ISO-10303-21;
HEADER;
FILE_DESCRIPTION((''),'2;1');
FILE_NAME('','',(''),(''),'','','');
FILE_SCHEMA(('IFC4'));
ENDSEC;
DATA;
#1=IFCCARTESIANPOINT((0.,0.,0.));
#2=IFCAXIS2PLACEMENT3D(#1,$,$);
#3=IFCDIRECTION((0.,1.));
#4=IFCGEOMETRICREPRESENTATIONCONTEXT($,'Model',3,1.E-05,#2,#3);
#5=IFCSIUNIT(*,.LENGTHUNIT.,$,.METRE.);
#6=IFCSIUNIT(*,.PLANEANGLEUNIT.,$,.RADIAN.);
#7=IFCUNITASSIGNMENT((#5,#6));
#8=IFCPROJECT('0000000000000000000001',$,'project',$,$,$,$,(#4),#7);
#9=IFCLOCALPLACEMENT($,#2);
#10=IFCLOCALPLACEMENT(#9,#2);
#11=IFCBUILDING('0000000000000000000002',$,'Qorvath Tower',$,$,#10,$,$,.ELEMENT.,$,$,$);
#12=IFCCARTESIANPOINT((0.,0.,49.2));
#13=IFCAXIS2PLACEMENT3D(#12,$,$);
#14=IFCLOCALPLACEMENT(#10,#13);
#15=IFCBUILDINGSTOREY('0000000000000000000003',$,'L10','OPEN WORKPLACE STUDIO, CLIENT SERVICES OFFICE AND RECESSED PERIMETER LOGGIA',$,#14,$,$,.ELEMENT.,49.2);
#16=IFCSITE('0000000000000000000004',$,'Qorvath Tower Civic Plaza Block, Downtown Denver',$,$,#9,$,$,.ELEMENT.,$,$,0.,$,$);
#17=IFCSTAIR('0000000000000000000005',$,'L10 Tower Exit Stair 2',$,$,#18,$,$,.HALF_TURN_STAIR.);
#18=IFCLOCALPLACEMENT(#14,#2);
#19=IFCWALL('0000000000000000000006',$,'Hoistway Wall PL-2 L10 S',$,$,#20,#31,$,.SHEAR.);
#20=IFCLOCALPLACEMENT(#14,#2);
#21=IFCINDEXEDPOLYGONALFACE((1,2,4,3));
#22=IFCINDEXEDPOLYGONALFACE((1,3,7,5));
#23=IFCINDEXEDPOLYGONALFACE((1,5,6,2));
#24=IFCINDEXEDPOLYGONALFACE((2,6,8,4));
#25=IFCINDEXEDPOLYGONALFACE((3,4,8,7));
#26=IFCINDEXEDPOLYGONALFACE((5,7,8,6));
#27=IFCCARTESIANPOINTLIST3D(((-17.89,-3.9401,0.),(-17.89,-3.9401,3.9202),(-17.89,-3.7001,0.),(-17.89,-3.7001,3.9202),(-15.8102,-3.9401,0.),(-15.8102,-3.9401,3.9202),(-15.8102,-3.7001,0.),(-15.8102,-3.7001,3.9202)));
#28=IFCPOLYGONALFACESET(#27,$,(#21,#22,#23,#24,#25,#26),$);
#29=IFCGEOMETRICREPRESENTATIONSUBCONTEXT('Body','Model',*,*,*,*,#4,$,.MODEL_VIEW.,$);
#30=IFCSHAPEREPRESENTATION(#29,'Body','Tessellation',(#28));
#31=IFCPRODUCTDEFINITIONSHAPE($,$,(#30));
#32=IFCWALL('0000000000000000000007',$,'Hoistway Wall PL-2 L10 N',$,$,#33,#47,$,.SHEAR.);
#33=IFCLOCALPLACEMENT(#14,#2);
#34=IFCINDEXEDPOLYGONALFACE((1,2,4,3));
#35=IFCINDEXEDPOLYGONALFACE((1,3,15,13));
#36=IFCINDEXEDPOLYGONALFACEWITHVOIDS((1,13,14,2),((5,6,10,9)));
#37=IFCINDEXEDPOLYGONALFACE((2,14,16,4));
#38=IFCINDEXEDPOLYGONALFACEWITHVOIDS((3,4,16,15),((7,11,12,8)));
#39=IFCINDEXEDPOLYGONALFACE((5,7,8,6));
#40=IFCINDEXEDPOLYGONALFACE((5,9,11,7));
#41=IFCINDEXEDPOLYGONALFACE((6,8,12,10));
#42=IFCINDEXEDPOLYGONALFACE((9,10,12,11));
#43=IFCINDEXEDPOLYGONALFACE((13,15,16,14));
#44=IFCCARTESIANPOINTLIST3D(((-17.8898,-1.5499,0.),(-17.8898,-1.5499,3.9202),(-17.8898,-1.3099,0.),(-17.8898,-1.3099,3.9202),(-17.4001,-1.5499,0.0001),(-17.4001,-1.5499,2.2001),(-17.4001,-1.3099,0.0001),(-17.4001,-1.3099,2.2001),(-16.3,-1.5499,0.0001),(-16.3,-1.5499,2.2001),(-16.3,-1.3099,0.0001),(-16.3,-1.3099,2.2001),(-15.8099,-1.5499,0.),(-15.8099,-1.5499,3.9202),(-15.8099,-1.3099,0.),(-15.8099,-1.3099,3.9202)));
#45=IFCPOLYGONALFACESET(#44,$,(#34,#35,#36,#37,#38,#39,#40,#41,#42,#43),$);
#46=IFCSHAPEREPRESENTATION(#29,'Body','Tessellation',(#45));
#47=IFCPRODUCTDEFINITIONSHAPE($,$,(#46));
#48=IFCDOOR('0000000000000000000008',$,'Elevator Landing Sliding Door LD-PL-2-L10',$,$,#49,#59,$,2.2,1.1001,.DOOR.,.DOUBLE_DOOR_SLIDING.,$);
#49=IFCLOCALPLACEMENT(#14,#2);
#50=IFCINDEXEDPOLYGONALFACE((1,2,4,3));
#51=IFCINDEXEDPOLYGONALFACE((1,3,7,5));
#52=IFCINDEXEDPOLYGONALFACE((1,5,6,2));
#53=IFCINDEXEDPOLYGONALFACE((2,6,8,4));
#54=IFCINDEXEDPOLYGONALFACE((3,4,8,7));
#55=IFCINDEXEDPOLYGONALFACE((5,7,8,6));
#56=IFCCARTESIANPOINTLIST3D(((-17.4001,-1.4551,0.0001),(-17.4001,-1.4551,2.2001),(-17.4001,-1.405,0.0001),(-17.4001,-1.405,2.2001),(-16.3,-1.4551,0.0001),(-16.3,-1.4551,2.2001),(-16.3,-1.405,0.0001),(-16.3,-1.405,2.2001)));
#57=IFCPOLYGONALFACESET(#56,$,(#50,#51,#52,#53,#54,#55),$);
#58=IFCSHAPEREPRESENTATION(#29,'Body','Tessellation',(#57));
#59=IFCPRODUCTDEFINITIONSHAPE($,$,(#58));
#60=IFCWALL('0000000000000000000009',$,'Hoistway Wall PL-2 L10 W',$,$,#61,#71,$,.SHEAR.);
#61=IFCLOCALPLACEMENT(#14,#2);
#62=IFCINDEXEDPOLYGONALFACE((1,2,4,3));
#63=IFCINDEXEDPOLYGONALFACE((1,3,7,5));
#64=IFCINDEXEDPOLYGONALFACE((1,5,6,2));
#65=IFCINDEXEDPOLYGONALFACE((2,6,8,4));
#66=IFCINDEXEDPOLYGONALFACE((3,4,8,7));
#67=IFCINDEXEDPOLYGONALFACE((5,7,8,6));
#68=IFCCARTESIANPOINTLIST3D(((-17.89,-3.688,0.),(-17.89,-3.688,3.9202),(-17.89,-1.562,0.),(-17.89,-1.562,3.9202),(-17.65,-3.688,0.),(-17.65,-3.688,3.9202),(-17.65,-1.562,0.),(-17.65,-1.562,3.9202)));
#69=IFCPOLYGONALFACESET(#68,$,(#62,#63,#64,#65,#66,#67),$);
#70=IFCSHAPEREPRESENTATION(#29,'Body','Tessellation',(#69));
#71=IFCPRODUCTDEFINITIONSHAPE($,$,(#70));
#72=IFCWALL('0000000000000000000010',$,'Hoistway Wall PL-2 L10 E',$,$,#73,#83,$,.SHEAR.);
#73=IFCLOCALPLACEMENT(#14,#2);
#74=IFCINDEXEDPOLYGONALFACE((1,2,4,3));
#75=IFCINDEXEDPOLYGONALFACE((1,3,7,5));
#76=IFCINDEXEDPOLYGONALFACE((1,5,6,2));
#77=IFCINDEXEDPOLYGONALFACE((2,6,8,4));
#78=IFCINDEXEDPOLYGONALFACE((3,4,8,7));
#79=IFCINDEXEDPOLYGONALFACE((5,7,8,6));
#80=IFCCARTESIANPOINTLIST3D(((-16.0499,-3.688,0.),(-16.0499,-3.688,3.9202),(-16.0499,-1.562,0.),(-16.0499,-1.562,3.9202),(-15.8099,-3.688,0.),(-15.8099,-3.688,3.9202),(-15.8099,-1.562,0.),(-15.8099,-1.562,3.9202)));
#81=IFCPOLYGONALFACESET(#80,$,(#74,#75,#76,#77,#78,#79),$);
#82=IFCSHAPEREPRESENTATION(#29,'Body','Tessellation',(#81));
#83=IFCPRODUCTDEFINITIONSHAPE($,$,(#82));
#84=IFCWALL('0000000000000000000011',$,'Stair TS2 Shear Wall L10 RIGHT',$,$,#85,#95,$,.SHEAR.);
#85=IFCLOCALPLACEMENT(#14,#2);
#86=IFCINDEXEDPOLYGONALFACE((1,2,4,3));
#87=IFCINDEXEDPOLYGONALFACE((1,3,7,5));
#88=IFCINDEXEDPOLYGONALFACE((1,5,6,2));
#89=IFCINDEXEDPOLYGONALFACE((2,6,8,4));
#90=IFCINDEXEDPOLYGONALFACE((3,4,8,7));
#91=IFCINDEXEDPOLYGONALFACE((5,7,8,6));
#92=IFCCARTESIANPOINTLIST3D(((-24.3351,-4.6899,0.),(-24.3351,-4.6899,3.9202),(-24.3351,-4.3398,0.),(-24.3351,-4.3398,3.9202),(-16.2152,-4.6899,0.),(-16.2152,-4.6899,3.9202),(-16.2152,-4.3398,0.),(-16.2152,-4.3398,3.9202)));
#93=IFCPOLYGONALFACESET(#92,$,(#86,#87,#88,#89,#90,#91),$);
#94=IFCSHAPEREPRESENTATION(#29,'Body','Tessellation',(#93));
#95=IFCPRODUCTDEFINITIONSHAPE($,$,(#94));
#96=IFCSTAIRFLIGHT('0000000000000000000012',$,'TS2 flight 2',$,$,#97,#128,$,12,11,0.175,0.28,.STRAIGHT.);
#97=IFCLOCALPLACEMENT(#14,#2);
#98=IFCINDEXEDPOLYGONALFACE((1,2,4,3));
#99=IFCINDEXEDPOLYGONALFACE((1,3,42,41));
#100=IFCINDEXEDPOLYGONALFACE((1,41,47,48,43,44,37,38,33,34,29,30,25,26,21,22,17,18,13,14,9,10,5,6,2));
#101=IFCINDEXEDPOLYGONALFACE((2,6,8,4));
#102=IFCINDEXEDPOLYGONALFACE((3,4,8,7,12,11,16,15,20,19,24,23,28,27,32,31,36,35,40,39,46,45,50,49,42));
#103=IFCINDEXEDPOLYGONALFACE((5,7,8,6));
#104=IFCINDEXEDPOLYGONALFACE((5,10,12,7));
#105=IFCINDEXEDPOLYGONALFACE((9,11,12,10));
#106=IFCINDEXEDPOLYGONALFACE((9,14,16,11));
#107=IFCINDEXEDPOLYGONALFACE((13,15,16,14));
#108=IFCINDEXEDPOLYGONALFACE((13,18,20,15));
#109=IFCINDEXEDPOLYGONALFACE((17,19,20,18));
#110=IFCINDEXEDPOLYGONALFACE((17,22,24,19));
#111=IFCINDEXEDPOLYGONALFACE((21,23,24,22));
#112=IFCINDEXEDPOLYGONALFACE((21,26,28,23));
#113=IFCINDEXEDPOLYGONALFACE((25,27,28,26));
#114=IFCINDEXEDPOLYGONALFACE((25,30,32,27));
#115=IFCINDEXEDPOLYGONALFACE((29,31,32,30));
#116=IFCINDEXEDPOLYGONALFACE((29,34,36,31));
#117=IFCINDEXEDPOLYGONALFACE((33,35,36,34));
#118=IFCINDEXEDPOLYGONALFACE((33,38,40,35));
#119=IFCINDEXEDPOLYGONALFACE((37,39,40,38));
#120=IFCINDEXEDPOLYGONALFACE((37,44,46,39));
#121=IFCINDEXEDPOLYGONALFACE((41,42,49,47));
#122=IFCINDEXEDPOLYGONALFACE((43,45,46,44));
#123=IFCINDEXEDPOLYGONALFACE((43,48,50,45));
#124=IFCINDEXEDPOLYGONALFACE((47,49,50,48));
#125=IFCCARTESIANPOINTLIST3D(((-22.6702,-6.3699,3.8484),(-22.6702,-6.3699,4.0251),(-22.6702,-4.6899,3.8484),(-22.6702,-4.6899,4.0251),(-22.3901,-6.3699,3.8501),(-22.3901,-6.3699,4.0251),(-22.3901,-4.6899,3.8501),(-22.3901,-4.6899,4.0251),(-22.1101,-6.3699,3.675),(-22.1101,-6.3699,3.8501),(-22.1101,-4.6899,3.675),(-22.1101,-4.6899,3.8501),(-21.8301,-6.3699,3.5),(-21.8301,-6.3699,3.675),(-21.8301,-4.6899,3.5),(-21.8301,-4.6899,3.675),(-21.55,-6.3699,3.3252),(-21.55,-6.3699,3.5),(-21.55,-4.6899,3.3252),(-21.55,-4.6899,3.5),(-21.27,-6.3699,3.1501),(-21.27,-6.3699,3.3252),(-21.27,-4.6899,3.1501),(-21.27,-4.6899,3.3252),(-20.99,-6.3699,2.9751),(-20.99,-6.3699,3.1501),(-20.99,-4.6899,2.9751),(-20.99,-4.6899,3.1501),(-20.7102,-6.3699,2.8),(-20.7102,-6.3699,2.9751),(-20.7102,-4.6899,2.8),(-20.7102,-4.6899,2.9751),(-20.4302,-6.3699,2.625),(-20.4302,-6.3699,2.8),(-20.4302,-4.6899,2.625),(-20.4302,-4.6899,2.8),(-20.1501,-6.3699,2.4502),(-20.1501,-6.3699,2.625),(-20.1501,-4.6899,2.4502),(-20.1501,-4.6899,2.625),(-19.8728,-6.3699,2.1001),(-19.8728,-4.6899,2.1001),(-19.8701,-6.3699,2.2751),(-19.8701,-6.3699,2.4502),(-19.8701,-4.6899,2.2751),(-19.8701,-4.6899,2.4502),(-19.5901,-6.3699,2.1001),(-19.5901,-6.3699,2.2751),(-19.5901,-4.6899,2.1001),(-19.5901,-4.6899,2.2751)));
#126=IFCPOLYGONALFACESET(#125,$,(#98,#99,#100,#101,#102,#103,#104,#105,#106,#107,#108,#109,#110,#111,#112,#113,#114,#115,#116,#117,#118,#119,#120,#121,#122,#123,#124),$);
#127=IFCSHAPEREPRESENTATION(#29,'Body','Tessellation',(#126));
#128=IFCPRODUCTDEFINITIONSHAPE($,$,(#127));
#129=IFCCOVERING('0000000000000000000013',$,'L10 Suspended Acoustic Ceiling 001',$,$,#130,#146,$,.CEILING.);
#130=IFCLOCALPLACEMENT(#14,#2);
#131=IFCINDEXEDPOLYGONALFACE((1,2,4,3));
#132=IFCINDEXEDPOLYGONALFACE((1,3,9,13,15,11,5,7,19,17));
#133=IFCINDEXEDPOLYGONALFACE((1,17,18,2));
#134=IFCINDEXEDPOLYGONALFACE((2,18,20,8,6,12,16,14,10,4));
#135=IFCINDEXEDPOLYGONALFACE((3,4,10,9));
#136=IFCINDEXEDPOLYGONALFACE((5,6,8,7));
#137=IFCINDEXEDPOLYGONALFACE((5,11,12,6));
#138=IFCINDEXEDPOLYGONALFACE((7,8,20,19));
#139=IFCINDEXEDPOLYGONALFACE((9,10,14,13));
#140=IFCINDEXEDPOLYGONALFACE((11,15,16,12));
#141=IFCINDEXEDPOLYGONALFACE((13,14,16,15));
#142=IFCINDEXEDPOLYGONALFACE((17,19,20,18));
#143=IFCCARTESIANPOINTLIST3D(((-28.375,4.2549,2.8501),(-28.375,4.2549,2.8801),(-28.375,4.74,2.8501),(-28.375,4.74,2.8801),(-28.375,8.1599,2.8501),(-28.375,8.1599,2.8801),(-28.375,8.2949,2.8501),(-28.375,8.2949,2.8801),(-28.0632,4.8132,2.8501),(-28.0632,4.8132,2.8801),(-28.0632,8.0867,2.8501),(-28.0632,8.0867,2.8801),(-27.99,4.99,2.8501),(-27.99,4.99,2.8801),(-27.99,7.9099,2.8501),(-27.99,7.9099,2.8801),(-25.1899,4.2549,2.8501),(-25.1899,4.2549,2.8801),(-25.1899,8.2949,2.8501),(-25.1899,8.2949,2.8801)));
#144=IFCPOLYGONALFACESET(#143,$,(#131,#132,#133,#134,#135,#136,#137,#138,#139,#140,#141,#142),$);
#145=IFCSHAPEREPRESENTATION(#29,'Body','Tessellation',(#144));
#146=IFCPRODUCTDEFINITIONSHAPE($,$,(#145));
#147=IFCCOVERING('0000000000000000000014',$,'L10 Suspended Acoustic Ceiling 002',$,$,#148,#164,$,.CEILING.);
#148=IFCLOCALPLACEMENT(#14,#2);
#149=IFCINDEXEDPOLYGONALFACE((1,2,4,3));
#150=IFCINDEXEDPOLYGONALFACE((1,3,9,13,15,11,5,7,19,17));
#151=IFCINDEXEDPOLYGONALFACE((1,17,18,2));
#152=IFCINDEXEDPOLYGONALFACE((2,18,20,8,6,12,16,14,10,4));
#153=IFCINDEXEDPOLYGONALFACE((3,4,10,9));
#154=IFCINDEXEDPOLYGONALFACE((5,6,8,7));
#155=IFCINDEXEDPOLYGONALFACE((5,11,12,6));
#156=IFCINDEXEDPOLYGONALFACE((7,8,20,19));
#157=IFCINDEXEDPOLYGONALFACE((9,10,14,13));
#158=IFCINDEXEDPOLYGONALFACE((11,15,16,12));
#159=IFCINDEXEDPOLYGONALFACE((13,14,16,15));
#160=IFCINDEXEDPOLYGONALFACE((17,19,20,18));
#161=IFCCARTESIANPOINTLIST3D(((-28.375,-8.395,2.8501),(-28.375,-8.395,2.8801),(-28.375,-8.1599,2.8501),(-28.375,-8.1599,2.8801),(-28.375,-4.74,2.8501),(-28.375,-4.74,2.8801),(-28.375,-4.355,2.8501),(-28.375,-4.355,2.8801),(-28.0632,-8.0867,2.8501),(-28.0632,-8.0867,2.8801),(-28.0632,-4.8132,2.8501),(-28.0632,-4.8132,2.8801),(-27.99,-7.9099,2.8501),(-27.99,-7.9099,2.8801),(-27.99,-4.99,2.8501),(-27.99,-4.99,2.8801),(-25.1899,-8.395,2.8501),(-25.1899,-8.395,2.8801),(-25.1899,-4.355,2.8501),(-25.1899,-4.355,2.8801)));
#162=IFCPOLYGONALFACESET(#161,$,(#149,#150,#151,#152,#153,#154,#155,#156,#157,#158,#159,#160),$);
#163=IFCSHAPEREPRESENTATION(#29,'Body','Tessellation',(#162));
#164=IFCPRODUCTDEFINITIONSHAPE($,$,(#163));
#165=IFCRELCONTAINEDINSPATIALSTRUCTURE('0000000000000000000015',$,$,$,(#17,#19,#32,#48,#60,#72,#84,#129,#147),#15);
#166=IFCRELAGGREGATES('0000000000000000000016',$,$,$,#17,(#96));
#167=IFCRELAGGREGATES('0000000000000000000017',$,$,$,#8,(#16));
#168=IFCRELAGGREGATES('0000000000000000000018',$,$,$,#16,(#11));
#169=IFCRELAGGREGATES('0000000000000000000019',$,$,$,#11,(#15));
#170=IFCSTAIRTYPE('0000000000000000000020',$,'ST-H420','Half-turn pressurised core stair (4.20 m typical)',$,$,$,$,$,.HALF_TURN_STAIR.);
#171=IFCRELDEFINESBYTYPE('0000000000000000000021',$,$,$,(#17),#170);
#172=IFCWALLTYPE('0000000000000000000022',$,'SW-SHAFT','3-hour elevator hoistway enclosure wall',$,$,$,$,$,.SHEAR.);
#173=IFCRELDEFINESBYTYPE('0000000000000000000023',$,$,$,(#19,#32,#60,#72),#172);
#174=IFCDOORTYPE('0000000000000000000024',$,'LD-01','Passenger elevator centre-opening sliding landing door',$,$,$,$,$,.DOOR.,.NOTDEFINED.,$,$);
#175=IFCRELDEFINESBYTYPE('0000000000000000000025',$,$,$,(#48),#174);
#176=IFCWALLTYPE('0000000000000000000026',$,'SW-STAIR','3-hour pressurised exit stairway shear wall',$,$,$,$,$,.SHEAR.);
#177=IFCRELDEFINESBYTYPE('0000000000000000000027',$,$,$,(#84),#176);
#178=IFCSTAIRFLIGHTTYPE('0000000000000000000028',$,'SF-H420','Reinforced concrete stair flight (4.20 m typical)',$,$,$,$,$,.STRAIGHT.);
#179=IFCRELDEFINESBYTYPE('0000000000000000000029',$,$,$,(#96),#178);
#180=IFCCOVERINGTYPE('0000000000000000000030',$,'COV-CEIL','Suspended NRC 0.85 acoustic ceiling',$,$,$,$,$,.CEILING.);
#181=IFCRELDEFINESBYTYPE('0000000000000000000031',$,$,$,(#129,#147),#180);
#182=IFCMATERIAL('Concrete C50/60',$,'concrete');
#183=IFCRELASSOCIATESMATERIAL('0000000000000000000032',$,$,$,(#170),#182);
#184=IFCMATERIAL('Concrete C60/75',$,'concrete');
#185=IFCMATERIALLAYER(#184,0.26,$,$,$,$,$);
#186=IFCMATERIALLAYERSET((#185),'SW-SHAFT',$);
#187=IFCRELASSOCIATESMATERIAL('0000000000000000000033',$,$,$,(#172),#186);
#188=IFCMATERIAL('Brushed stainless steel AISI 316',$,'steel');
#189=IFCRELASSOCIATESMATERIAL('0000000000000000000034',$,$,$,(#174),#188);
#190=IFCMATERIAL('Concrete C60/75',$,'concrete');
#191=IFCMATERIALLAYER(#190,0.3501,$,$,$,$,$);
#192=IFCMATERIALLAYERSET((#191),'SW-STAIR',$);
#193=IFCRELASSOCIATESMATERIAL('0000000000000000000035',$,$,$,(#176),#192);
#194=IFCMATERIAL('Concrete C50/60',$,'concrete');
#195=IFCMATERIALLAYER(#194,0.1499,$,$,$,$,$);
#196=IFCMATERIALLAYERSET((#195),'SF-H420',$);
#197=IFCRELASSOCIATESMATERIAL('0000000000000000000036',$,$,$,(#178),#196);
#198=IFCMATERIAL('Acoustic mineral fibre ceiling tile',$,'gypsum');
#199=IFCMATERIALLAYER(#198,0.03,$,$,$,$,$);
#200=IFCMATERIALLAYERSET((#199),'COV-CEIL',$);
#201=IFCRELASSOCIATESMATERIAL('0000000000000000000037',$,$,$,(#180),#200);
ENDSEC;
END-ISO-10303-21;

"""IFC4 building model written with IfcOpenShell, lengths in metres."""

from ifc_helpers import new_model, si_unit, direction, frame, frame_2d, origin, place, context, subcontext, project, spatial, polyline, rectangle, outline, extrude, material, layer, layer_set, type_object, element, fill, aggregate, save


model = new_model("IFC4")

# Units and contexts
model_context = context("Model", 3, precision=1e-05, world=origin(), true_north=direction((0.0, 1.0)))
body_context = subcontext(model_context, "Body", "Model", "MODEL_VIEW")
ifc_project = project(units=[si_unit("LENGTHUNIT", "METRE"), si_unit("PLANEANGLEUNIT", "RADIAN")], contexts=[model_context])

# Site, building, storey
site_placement = place(None, origin())
site = spatial("IfcSite", under=ifc_project, at=site_placement, Name="Qorvath Tower Civic Plaza Block, Downtown Denver", CompositionType="ELEMENT", RefElevation=0.0)
building_placement = place(site_placement, origin())
building = spatial("IfcBuilding", under=site, at=building_placement, Name="Qorvath Tower", CompositionType="ELEMENT")
storey_placement = place(building_placement, frame((0.0, 0.0, 49.2)))
storey = spatial("IfcBuildingStorey", under=building, at=storey_placement, Name="L10", Description="OPEN WORKPLACE STUDIO, CLIENT SERVICES OFFICE AND RECESSED PERIMETER LOGGIA", CompositionType="ELEMENT", Elevation=49.2)

# Stair
ifc_material_1 = material(Name="Concrete C50/60", Category="concrete")
stair_type = type_object("IfcStairType", Name="ST-H420", Description="Half-turn pressurised core stair (4.20 m typical)", PredefinedType="HALF_TURN_STAIR", material=ifc_material_1)
stair_1_placement = place(storey_placement, origin())
stair_1 = element("IfcStair", 1, at=stair_1_placement, inside=storey, type_object=stair_type, Name="L10 Tower Exit Stair 2", PredefinedType="HALF_TURN_STAIR")

# Wall
ifc_material_2 = material(Name="Concrete C60/75", Category="concrete")
ifc_layer_1 = layer(ifc_material_2, 0.26)
ifc_layer_set_1 = layer_set([ifc_layer_1], Name="SW-SHAFT")
wall_type_1 = type_object("IfcWallType", Name="SW-SHAFT", Description="3-hour elevator hoistway enclosure wall", PredefinedType="SHEAR", material=ifc_layer_set_1)
wall_1_placement = place(storey_placement, frame((-15.8101, -3.8201, 0.0), z_axis=(0.0, 0.0, 1.0), x_axis=(-1.0, 0.0, 0.0)))
element("IfcWall", 2, at=wall_1_placement, inside=storey, type_object=wall_type_1, Name="Hoistway Wall PL-2 L10 S", PredefinedType="SHEAR", context=body_context, shape_type="SweptSolid", body=[
    extrude(rectangle(XDim=2.0798, YDim=0.24, at=frame_2d((1.04, 0.0))), origin(), (0.0, 0.0, 1.0), 3.9202),
])

# Wall, opening, door
wall_2_placement = place(storey_placement, frame((-17.8899, -1.4299, 0.0), z_axis=(0.0, 0.0, 1.0), x_axis=(1.0, 0.0, 0.0)))
wall_2 = element("IfcWall", 3, at=wall_2_placement, inside=storey, type_object=wall_type_1, Name="Hoistway Wall PL-2 L10 N", PredefinedType="SHEAR", context=body_context, shape_type="SweptSolid", body=[
    extrude(rectangle(XDim=2.0798, YDim=0.24, at=frame_2d((1.04, 0.0))), origin(), (0.0, 0.0, 1.0), 3.9202),
])
opening_placement = place(wall_2_placement, frame((0.4897, 0.0, 0.0)))
opening = element("IfcOpeningElement", 4, at=opening_placement, cuts=wall_2, PredefinedType="OPENING", context=body_context, shape_type="SweptSolid", body=[
    extrude(rectangle(XDim=1.1001, YDim=2.2, at=frame_2d((0.55, 1.1001))), frame((0.0, 0.1299, 0.0), z_axis=(0.0, -1.0, 0.0), x_axis=(1.0, 0.0, 0.0)), (0.0, 0.0, 1.0), 0.26),
])
ifc_material_3 = material(Name="Brushed stainless steel AISI 316", Category="steel")
door_type = type_object("IfcDoorType", Name="LD-01", Description="Passenger elevator centre-opening sliding landing door", OperationType="NOTDEFINED", PredefinedType="DOOR", material=ifc_material_3)
door_placement = place(opening_placement, origin())
door = element("IfcDoor", 5, at=door_placement, inside=storey, type_object=door_type, Name="Elevator Landing Sliding Door LD-PL-2-L10", OperationType="DOUBLE_DOOR_SLIDING", OverallHeight=2.2, OverallWidth=1.1001, PredefinedType="DOOR", context=body_context, shape_type="SweptSolid", body=[
    extrude(rectangle(XDim=1.1001, YDim=2.2, at=frame_2d((0.55, 1.1001))), frame((0.0, 0.0249, 0.0), z_axis=(0.0, -1.0, 0.0), x_axis=(1.0, 0.0, 0.0)), (0.0, 0.0, 1.0), 0.05),
])
fill(opening, door)

# Walls
for number, where, z_axis, x_axis, name in (
    (6, (-17.77, -3.688, 0.0), (0.0, 0.0, 1.0), (0.0, 1.0, 0.0), "Hoistway Wall PL-2 L10 W"),
    (7, (-15.9299, -1.562, 0.0), (0.0, 0.0, 1.0), (0.0, -1.0, 0.0), "Hoistway Wall PL-2 L10 E"),
):
    element("IfcWall", number, at=place(storey_placement, frame(where, z_axis=z_axis, x_axis=x_axis)), inside=storey, type_object=wall_type_1, Name=name, PredefinedType="SHEAR", context=body_context, shape_type="SweptSolid", body=[
        extrude(rectangle(XDim=2.126, YDim=0.24, at=frame_2d((1.063, 0.0))), origin(), (0.0, 0.0, 1.0), 3.9202),
    ])
ifc_material_4 = material(Name="Concrete C60/75", Category="concrete")
ifc_layer_2 = layer(ifc_material_4, 0.3501)
ifc_layer_set_2 = layer_set([ifc_layer_2], Name="SW-STAIR")
wall_type_2 = type_object("IfcWallType", Name="SW-STAIR", Description="3-hour pressurised exit stairway shear wall", PredefinedType="SHEAR", material=ifc_layer_set_2)
wall_3_placement = place(storey_placement, frame((-16.2151, -4.5149, 0.0), z_axis=(0.0, 0.0, 1.0), x_axis=(-1.0, 0.0, 0.0)))
element("IfcWall", 8, at=wall_3_placement, inside=storey, type_object=wall_type_2, Name="Stair TS2 Shear Wall L10 RIGHT", PredefinedType="SHEAR", context=body_context, shape_type="SweptSolid", body=[
    extrude(rectangle(XDim=8.1199, YDim=0.3501, at=frame_2d((4.0601, 0.0))), origin(), (0.0, 0.0, 1.0), 3.9202),
])

# Stair flight
ifc_material_5 = material(Name="Concrete C50/60", Category="concrete")
ifc_layer_3 = layer(ifc_material_5, 0.1499)
ifc_layer_set_3 = layer_set([ifc_layer_3], Name="SF-H420")
stair_flight_type = type_object("IfcStairFlightType", Name="SF-H420", Description="Reinforced concrete stair flight (4.20 m typical)", PredefinedType="STRAIGHT", material=ifc_layer_set_3)
stair_flight_placement = place(storey_placement, frame((-19.5901, -5.53, 2.1001), z_axis=(0.0, 0.0, 1.0), x_axis=(-1.0, 0.0, 0.0)))
stair_flight = element("IfcStairFlight", 9, at=stair_flight_placement, type_object=stair_flight_type, Name="TS2 flight 2", NumberOfRisers=12, NumberOfTreads=11, PredefinedType="STRAIGHT", RiserHeight=0.175, TreadLength=0.28, context=body_context, shape_type="SweptSolid", body=[
    extrude(outline(polyline([(0.0, 0.0), (0.0, 0.175), (0.28, 0.175), (0.28, 0.3501), (0.5601, 0.3501), (0.5601, 0.5249), (0.8401, 0.5249), (0.8401, 0.7), (1.1201, 0.7), (1.1201, 0.875), (1.3999, 0.875), (1.3999, 1.05), (1.6799, 1.05), (1.6799, 1.2251), (1.96, 1.2251), (1.96, 1.3999), (2.24, 1.3999), (2.24, 1.575), (2.52, 1.575), (2.52, 1.75), (2.8, 1.75), (2.8, 1.925), (3.0801, 1.925), (3.0801, 2.1001), (3.0801, 1.7483), (0.2827, 0.0), (0.0, 0.0)])), frame((0.0, 0.8398, 0.0), z_axis=(0.0, -1.0, 0.0), x_axis=(1.0, 0.0, 0.0)), (0.0, 0.0, 1.0), 1.6799),
])
aggregate(stair_1, [stair_flight])

# Coverings
ifc_material_6 = material(Name="Acoustic mineral fibre ceiling tile", Category="gypsum")
ifc_layer_4 = layer(ifc_material_6, 0.03)
ifc_layer_set_4 = layer_set([ifc_layer_4], Name="COV-CEIL")
covering_type_1 = type_object("IfcCoveringType", Name="COV-CEIL", Description="Suspended NRC 0.85 acoustic ceiling", PredefinedType="CEILING", material=ifc_layer_set_4)
covering_1_placement = place(storey_placement, frame((0.0, 0.0, 2.8501)))
element("IfcCovering", 10, at=covering_1_placement, inside=storey, type_object=covering_type_1, Name="L10 Suspended Acoustic Ceiling 001", PredefinedType="CEILING", context=body_context, shape_type="SweptSolid", body=[
    extrude(outline(polyline([(-25.1899, 4.2549), (-25.1899, 8.2949), (-28.375, 8.2949), (-28.375, 8.1599), (-28.0632, 8.0867), (-27.99, 7.9099), (-27.99, 4.99), (-28.0632, 4.8132), (-28.375, 4.74), (-28.375, 4.2549), (-25.1899, 4.2549)])), origin(), (0.0, 0.0, 1.0), 0.03),
])
covering_2_placement = place(storey_placement, frame((0.0, 0.0, 2.8501)))
element("IfcCovering", 11, at=covering_2_placement, inside=storey, type_object=covering_type_1, Name="L10 Suspended Acoustic Ceiling 002", PredefinedType="CEILING", context=body_context, shape_type="SweptSolid", body=[
    extrude(outline(polyline([(-25.1899, -8.395), (-25.1899, -4.355), (-28.375, -4.355), (-28.375, -4.74), (-28.0632, -4.8132), (-27.99, -4.99), (-27.99, -7.9099), (-28.0632, -8.0867), (-28.375, -8.1599), (-28.375, -8.395), (-25.1899, -8.395)])), origin(), (0.0, 0.0, 1.0), 0.03),
])

save(model, "model.ifc")
